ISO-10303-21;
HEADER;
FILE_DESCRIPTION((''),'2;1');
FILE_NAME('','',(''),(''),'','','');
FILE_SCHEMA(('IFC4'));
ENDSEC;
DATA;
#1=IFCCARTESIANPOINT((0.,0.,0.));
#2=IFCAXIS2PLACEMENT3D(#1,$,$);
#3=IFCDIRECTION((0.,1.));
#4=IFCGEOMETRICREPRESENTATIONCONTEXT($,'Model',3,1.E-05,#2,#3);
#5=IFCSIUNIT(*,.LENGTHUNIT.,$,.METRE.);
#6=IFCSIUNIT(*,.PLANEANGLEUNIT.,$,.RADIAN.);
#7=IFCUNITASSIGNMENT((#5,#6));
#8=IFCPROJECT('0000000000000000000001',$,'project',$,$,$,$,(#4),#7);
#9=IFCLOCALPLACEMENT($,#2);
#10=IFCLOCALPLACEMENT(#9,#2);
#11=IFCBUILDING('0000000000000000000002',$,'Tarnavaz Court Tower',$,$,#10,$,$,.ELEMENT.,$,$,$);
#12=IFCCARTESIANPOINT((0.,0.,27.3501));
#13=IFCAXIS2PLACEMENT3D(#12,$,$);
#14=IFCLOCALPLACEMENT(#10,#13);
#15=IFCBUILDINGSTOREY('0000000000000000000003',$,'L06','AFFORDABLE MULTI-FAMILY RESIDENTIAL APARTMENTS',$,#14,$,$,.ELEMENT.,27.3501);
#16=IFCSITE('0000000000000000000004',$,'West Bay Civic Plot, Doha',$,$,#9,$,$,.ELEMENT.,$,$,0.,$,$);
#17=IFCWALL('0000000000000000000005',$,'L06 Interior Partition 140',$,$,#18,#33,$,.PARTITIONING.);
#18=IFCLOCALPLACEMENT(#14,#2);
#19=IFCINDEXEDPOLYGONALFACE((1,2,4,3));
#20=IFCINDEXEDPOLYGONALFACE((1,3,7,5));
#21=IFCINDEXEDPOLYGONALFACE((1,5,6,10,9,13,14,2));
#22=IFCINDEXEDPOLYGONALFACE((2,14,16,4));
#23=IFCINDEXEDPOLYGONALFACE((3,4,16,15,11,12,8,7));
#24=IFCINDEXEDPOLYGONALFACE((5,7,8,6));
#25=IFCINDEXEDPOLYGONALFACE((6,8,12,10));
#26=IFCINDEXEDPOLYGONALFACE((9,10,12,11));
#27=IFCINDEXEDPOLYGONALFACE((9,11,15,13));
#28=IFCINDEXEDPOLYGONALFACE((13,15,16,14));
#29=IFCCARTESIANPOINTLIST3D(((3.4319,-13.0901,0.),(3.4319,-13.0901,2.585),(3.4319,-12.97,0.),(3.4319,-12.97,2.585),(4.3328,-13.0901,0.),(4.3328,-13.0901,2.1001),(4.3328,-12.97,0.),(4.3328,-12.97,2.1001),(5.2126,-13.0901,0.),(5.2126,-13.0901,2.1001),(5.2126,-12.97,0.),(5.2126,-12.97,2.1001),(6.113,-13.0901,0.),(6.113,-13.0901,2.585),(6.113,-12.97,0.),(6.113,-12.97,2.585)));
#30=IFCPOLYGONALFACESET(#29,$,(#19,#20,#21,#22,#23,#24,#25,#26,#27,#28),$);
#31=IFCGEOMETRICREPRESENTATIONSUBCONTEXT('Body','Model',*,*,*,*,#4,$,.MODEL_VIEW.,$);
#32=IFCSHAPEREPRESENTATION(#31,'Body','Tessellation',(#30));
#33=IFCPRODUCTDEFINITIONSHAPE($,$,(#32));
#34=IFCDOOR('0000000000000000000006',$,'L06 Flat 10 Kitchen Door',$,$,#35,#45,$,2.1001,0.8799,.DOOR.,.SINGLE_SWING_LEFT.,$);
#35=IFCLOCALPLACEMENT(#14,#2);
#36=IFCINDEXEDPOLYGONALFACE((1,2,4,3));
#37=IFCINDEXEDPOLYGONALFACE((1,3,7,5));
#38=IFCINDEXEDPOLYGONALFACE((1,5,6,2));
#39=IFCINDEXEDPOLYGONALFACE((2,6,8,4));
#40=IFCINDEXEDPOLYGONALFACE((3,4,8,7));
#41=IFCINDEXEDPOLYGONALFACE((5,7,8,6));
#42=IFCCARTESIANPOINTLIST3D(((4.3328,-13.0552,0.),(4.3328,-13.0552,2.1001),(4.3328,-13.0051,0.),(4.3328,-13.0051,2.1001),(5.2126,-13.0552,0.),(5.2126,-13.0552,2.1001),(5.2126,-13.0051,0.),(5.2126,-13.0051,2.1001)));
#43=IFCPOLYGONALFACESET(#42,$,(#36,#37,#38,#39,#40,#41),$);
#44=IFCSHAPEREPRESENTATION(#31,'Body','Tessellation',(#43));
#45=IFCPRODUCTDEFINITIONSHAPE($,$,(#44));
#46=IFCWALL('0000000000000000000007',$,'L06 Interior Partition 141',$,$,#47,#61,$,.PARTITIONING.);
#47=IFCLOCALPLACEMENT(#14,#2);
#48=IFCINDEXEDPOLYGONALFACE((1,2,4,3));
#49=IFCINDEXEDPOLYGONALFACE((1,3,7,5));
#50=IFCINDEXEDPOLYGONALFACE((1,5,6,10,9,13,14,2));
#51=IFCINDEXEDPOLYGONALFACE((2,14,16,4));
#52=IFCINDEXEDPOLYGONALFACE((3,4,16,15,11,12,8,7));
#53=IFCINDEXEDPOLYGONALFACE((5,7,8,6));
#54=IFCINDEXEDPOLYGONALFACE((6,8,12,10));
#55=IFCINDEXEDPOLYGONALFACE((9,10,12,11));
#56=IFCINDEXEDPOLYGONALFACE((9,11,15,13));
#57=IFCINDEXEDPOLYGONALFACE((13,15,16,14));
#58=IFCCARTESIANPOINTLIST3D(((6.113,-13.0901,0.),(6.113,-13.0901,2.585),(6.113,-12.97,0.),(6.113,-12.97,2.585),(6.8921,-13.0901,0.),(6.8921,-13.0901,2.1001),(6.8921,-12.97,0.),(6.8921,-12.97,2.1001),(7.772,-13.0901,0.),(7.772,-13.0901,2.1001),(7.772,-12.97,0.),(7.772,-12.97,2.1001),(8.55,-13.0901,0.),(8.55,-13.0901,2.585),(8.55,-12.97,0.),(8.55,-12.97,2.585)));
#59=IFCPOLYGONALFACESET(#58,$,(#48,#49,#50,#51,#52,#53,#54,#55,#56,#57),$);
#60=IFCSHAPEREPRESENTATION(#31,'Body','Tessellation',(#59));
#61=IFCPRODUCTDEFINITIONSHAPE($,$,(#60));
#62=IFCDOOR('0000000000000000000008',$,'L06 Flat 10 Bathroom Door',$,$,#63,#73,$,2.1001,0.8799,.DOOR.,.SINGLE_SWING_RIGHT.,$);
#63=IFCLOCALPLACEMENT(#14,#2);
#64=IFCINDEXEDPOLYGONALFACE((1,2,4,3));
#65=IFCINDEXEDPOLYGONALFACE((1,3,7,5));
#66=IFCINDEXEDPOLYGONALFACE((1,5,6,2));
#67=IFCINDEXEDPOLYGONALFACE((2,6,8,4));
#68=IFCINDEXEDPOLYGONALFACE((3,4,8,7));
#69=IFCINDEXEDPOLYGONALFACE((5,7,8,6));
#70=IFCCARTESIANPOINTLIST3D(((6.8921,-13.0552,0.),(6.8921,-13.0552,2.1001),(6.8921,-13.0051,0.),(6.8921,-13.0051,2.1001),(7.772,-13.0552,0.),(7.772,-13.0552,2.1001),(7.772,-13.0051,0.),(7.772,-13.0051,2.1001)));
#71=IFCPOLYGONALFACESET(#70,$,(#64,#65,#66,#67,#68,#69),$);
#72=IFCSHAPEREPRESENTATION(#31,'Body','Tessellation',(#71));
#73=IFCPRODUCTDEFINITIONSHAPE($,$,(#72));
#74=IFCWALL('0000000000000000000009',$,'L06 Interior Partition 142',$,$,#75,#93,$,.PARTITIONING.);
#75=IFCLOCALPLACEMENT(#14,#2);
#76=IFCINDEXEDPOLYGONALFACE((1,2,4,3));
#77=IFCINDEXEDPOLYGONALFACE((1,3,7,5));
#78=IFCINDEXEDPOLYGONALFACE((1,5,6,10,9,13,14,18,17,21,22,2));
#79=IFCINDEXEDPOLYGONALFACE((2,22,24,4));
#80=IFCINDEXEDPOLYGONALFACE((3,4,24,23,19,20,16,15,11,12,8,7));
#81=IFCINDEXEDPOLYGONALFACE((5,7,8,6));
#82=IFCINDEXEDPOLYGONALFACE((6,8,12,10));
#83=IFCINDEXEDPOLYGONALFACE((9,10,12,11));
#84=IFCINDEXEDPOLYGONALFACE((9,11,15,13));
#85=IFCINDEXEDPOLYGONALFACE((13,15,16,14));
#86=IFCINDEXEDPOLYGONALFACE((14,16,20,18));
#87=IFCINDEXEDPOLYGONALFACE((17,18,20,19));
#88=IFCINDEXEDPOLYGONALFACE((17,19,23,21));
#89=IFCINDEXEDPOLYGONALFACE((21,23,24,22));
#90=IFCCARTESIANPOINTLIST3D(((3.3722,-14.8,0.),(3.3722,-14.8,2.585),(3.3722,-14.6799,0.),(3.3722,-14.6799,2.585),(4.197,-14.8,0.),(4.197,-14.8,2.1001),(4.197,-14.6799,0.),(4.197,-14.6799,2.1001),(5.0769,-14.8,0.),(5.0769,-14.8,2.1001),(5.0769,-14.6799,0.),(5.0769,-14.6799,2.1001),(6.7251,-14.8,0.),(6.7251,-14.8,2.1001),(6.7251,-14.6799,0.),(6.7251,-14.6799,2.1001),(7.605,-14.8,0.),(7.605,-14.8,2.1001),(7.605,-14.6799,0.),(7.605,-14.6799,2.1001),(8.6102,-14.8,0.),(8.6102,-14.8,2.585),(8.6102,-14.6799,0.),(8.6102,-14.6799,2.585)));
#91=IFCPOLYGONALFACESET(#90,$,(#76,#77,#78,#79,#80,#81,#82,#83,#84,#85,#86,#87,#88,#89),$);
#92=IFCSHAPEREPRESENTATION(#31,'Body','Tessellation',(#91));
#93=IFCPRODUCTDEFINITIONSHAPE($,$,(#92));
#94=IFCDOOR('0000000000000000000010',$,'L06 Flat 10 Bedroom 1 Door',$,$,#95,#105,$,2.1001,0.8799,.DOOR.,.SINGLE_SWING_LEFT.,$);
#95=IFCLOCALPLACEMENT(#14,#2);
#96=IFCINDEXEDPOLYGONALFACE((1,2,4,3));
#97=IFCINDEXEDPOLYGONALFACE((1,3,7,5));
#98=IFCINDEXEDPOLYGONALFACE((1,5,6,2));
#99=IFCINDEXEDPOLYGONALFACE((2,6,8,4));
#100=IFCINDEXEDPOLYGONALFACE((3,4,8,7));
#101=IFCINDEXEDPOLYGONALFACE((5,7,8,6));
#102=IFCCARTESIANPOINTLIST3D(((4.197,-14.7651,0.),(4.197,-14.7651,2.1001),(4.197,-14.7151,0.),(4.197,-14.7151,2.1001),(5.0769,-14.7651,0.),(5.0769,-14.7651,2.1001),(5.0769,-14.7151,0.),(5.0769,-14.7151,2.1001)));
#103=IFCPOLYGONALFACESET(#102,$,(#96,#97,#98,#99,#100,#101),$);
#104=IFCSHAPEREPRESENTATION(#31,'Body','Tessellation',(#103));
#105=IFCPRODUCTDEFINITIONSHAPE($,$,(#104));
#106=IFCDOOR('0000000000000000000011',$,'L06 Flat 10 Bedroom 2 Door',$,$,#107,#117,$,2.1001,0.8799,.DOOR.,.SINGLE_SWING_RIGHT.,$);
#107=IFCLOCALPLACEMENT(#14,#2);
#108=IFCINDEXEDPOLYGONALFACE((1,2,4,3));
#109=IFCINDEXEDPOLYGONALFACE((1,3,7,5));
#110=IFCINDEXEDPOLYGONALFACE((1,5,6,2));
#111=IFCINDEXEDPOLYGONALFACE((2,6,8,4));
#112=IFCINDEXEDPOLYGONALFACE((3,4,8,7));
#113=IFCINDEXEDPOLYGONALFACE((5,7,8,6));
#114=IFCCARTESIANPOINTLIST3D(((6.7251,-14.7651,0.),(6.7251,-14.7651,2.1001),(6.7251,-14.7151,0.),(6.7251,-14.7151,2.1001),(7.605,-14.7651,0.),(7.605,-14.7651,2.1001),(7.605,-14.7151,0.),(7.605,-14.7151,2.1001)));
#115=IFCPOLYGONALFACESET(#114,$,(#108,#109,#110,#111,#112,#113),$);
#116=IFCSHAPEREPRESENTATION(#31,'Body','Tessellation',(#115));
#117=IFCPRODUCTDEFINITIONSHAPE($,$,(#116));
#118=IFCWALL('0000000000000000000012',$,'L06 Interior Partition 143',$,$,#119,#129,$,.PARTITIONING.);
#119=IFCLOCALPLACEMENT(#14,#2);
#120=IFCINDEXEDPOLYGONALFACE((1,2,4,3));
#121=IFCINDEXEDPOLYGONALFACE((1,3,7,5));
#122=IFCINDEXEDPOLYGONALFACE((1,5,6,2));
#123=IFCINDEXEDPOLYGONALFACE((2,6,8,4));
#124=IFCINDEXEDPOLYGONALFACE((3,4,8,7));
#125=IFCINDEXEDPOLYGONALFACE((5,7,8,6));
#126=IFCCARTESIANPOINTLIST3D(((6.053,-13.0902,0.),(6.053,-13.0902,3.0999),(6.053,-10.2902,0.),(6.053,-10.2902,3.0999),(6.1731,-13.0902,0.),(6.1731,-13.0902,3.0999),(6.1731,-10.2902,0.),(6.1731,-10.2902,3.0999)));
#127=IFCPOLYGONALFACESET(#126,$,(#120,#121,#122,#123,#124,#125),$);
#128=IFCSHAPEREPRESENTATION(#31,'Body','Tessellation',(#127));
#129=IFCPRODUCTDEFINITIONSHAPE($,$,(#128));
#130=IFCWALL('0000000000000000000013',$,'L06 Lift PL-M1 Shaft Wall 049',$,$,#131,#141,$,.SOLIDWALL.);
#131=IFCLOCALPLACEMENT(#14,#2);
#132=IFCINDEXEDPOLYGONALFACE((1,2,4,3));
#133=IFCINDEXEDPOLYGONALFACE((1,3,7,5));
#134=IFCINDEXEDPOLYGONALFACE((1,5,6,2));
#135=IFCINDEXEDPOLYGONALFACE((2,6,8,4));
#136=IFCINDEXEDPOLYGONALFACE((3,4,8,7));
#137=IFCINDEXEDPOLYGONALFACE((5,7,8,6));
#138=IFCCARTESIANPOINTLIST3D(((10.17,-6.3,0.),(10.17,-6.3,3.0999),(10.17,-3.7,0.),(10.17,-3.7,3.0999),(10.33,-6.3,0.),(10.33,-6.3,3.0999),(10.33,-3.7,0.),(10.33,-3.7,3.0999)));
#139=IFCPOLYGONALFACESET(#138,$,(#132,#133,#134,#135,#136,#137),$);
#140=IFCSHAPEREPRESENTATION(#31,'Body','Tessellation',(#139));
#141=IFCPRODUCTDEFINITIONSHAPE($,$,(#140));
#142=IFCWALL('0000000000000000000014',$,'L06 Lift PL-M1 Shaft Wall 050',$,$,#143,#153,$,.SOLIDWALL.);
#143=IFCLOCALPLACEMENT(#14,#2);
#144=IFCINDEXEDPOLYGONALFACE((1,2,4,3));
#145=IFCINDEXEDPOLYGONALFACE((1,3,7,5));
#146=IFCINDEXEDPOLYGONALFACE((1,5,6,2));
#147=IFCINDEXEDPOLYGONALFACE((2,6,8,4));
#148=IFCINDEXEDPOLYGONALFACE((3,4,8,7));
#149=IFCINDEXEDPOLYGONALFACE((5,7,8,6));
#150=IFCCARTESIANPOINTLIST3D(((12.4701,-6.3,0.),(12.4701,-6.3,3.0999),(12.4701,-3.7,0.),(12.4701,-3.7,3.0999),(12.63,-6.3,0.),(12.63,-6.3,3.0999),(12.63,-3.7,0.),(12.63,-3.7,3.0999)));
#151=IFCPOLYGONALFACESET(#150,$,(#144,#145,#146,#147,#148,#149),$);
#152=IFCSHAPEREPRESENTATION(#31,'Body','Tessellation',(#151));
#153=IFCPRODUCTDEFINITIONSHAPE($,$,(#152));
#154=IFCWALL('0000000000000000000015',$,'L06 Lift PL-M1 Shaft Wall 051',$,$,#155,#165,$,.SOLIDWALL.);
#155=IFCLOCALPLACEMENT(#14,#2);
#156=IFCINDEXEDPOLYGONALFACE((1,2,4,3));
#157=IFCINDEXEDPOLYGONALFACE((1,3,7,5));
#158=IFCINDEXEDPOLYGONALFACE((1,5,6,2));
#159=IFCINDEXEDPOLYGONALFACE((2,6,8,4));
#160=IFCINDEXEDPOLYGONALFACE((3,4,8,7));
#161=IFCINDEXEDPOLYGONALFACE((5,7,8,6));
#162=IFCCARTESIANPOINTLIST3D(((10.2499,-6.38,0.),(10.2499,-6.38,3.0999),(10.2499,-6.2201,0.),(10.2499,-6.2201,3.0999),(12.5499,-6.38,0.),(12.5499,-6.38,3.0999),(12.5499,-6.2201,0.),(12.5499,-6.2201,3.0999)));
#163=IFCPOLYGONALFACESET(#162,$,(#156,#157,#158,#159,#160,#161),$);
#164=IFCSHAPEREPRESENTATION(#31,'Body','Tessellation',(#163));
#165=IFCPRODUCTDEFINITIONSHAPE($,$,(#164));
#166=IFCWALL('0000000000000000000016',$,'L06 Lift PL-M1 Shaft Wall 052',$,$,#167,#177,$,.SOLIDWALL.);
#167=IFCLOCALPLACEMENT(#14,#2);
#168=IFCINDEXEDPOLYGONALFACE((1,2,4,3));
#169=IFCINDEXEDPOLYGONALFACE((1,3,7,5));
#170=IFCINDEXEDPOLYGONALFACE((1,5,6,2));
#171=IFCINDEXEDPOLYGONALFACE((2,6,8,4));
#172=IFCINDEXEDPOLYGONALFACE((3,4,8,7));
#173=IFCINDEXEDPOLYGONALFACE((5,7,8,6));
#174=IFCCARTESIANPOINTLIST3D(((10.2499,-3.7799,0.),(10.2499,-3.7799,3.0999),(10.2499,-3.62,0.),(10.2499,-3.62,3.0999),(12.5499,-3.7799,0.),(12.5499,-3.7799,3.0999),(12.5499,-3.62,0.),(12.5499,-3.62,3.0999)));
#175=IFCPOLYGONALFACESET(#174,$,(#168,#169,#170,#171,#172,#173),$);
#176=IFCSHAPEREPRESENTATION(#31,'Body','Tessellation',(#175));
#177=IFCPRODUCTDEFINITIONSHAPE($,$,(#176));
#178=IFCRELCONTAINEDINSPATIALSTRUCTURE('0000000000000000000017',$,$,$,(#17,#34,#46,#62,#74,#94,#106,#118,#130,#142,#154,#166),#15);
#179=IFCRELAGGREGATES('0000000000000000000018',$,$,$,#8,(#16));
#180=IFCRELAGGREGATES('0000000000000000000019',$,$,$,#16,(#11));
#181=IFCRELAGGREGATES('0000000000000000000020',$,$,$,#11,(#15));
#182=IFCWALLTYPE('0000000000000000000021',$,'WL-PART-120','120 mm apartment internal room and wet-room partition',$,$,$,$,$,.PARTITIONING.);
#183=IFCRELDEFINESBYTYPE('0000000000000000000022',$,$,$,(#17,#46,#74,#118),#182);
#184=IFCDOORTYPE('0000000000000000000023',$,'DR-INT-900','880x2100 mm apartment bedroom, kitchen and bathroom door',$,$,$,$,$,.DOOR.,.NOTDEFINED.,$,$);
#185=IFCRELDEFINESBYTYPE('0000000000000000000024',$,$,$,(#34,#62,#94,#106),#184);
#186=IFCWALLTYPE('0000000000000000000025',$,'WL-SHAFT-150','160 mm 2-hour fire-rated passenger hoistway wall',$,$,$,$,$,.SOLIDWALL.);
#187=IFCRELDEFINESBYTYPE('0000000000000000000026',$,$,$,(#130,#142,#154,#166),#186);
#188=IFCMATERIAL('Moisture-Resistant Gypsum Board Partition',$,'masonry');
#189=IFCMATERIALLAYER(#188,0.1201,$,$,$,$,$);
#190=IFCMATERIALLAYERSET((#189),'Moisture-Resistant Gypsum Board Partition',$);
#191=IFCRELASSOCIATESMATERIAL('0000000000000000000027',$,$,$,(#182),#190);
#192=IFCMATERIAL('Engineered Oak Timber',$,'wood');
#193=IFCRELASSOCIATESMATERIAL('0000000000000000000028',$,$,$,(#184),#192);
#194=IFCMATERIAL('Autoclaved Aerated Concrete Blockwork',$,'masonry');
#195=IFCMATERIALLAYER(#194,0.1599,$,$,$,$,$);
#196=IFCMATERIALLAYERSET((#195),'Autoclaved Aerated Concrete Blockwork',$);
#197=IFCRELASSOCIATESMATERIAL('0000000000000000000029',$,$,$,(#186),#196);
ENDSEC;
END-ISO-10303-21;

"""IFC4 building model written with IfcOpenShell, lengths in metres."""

from ifc_helpers import new_model, si_unit, direction, frame, frame_2d, origin, place, context, subcontext, project, spatial, rectangle, extrude, material, layer, layer_set, type_object, element, fill, save


model = new_model("IFC4")

# Units and contexts
model_context = context("Model", 3, precision=1e-05, world=origin(), true_north=direction((0.0, 1.0)))
body_context = subcontext(model_context, "Body", "Model", "MODEL_VIEW")
ifc_project = project(units=[si_unit("LENGTHUNIT", "METRE"), si_unit("PLANEANGLEUNIT", "RADIAN")], contexts=[model_context])

# Site, building, storey
site_placement = place(None, origin())
site = spatial("IfcSite", under=ifc_project, at=site_placement, Name="West Bay Civic Plot, Doha", CompositionType="ELEMENT", RefElevation=0.0)
building_placement = place(site_placement, origin())
building = spatial("IfcBuilding", under=site, at=building_placement, Name="Tarnavaz Court Tower", CompositionType="ELEMENT")
storey_placement = place(building_placement, frame((0.0, 0.0, 27.3501)))
storey = spatial("IfcBuildingStorey", under=building, at=storey_placement, Name="L06", Description="AFFORDABLE MULTI-FAMILY RESIDENTIAL APARTMENTS", CompositionType="ELEMENT", Elevation=27.3501)

# Shared definitions
ifc_material_1 = material(Name="Moisture-Resistant Gypsum Board Partition", Category="masonry")
ifc_layer_1 = layer(ifc_material_1, 0.1201)
ifc_layer_set_1 = layer_set([ifc_layer_1], Name="Moisture-Resistant Gypsum Board Partition")
wall_type_1 = type_object("IfcWallType", Name="WL-PART-120", Description="120 mm apartment internal room and wet-room partition", PredefinedType="PARTITIONING", material=ifc_layer_set_1)
ifc_material_2 = material(Name="Engineered Oak Timber", Category="wood")
door_type_1 = type_object("IfcDoorType", Name="DR-INT-900", Description="880x2100 mm apartment bedroom, kitchen and bathroom door", OperationType="NOTDEFINED", PredefinedType="DOOR", material=ifc_material_2)

# Walls, openings, doors
wall_1_placement = place(storey_placement, frame((3.4319, -13.03, 0.0), z_axis=(0.0, 0.0, 1.0), x_axis=(1.0, 0.0, 0.0)))
wall_1 = element("IfcWall", 1, at=wall_1_placement, inside=storey, type_object=wall_type_1, Name="L06 Interior Partition 140", PredefinedType="PARTITIONING", context=body_context, shape_type="SweptSolid", body=[
    extrude(rectangle(XDim=2.6812, YDim=0.1201, at=frame_2d((1.3406, 0.0))), origin(), (0.0, 0.0, 1.0), 2.585),
])
opening_1_placement = place(wall_1_placement, frame((0.9009, 0.0, 0.0)))
opening_1 = element("IfcOpeningElement", 2, at=opening_1_placement, cuts=wall_1, PredefinedType="OPENING", context=body_context, shape_type="SweptSolid", body=[
    extrude(rectangle(XDim=0.8799, YDim=2.1001, at=frame_2d((0.4399, 1.05))), frame((0.0, 0.0701, 0.0), z_axis=(0.0, -1.0, 0.0), x_axis=(1.0, 0.0, 0.0)), (0.0, 0.0, 1.0), 0.1401),
])
door_1_placement = place(opening_1_placement, origin())
door_1 = element("IfcDoor", 3, at=door_1_placement, inside=storey, type_object=door_type_1, Name="L06 Flat 10 Kitchen Door", OperationType="SINGLE_SWING_LEFT", OverallHeight=2.1001, OverallWidth=0.8799, PredefinedType="DOOR", context=body_context, shape_type="SweptSolid", body=[
    extrude(rectangle(XDim=0.8799, YDim=2.1001, at=frame_2d((0.4399, 1.05))), frame((0.0, 0.0249, 0.0), z_axis=(0.0, -1.0, 0.0), x_axis=(1.0, 0.0, 0.0)), (0.0, 0.0, 1.0), 0.05),
])
fill(opening_1, door_1)
wall_2_placement = place(storey_placement, frame((6.113, -13.03, 0.0), z_axis=(0.0, 0.0, 1.0), x_axis=(1.0, 0.0, 0.0)))
wall_2 = element("IfcWall", 4, at=wall_2_placement, inside=storey, type_object=wall_type_1, Name="L06 Interior Partition 141", PredefinedType="PARTITIONING", context=body_context, shape_type="SweptSolid", body=[
    extrude(rectangle(XDim=2.437, YDim=0.1201, at=frame_2d((1.2185, 0.0))), origin(), (0.0, 0.0, 1.0), 2.585),
])
opening_2_placement = place(wall_2_placement, frame((0.7791, 0.0, 0.0)))
opening_2 = element("IfcOpeningElement", 5, at=opening_2_placement, cuts=wall_2, PredefinedType="OPENING", context=body_context, shape_type="SweptSolid", body=[
    extrude(rectangle(XDim=0.8799, YDim=2.1001, at=frame_2d((0.4399, 1.05))), frame((0.0, 0.0701, 0.0), z_axis=(0.0, -1.0, 0.0), x_axis=(1.0, 0.0, 0.0)), (0.0, 0.0, 1.0), 0.1401),
])
door_2_placement = place(opening_2_placement, origin())
door_2 = element("IfcDoor", 6, at=door_2_placement, inside=storey, type_object=door_type_1, Name="L06 Flat 10 Bathroom Door", OperationType="SINGLE_SWING_RIGHT", OverallHeight=2.1001, OverallWidth=0.8799, PredefinedType="DOOR", context=body_context, shape_type="SweptSolid", body=[
    extrude(rectangle(XDim=0.8799, YDim=2.1001, at=frame_2d((0.4399, 1.05))), frame((0.0, 0.0249, 0.0), z_axis=(0.0, -1.0, 0.0), x_axis=(1.0, 0.0, 0.0)), (0.0, 0.0, 1.0), 0.05),
])
fill(opening_2, door_2)

# Wall, openings, doors
wall_3_placement = place(storey_placement, frame((3.3721, -14.74, 0.0), z_axis=(0.0, 0.0, 1.0), x_axis=(1.0, 0.0, 0.0)))
wall_3 = element("IfcWall", 7, at=wall_3_placement, inside=storey, type_object=wall_type_1, Name="L06 Interior Partition 142", PredefinedType="PARTITIONING", context=body_context, shape_type="SweptSolid", body=[
    extrude(rectangle(XDim=5.238, YDim=0.1201, at=frame_2d((2.6191, 0.0))), origin(), (0.0, 0.0, 1.0), 2.585),
])
opening_3_placement = place(wall_3_placement, frame((0.825, 0.0, 0.0)))
opening_3 = element("IfcOpeningElement", 8, at=opening_3_placement, cuts=wall_3, PredefinedType="OPENING", context=body_context, shape_type="SweptSolid", body=[
    extrude(rectangle(XDim=0.8799, YDim=2.1001, at=frame_2d((0.4399, 1.05))), frame((0.0, 0.0701, 0.0), z_axis=(0.0, -1.0, 0.0), x_axis=(1.0, 0.0, 0.0)), (0.0, 0.0, 1.0), 0.1401),
])
opening_4_placement = place(wall_3_placement, frame((3.353, 0.0, 0.0)))
opening_4 = element("IfcOpeningElement", 9, at=opening_4_placement, cuts=wall_3, PredefinedType="OPENING", context=body_context, shape_type="SweptSolid", body=[
    extrude(rectangle(XDim=0.8799, YDim=2.1001, at=frame_2d((0.4399, 1.05))), frame((0.0, 0.0701, 0.0), z_axis=(0.0, -1.0, 0.0), x_axis=(1.0, 0.0, 0.0)), (0.0, 0.0, 1.0), 0.1401),
])
door_3_placement = place(opening_3_placement, origin())
door_3 = element("IfcDoor", 10, at=door_3_placement, inside=storey, type_object=door_type_1, Name="L06 Flat 10 Bedroom 1 Door", OperationType="SINGLE_SWING_LEFT", OverallHeight=2.1001, OverallWidth=0.8799, PredefinedType="DOOR", context=body_context, shape_type="SweptSolid", body=[
    extrude(rectangle(XDim=0.8799, YDim=2.1001, at=frame_2d((0.4399, 1.05))), frame((0.0, 0.0249, 0.0), z_axis=(0.0, -1.0, 0.0), x_axis=(1.0, 0.0, 0.0)), (0.0, 0.0, 1.0), 0.05),
])
fill(opening_3, door_3)
door_4_placement = place(opening_4_placement, origin())
door_4 = element("IfcDoor", 11, at=door_4_placement, inside=storey, type_object=door_type_1, Name="L06 Flat 10 Bedroom 2 Door", OperationType="SINGLE_SWING_RIGHT", OverallHeight=2.1001, OverallWidth=0.8799, PredefinedType="DOOR", context=body_context, shape_type="SweptSolid", body=[
    extrude(rectangle(XDim=0.8799, YDim=2.1001, at=frame_2d((0.4399, 1.05))), frame((0.0, 0.0249, 0.0), z_axis=(0.0, -1.0, 0.0), x_axis=(1.0, 0.0, 0.0)), (0.0, 0.0, 1.0), 0.05),
])
fill(opening_4, door_4)

# Walls
wall_4_placement = place(storey_placement, frame((6.113, -13.0901, 0.0), z_axis=(0.0, 0.0, 1.0), x_axis=(0.0, 1.0, 0.0)))
element("IfcWall", 12, at=wall_4_placement, inside=storey, type_object=wall_type_1, Name="L06 Interior Partition 143", PredefinedType="PARTITIONING", context=body_context, shape_type="SweptSolid", body=[
    extrude(rectangle(XDim=2.8, YDim=0.1201, at=frame_2d((1.3999, 0.0))), origin(), (0.0, 0.0, 1.0), 3.0999),
])
ifc_material_3 = material(Name="Autoclaved Aerated Concrete Blockwork", Category="masonry")
ifc_layer_2 = layer(ifc_material_3, 0.1599)
ifc_layer_set_2 = layer_set([ifc_layer_2], Name="Autoclaved Aerated Concrete Blockwork")
wall_type_2 = type_object("IfcWallType", Name="WL-SHAFT-150", Description="160 mm 2-hour fire-rated passenger hoistway wall", PredefinedType="SOLIDWALL", material=ifc_layer_set_2)
for number, where, z_axis, x_axis, name in (
    (13, (10.25, -6.3, 0.0), (0.0, 0.0, 1.0), (0.0, 1.0, 0.0), "L06 Lift PL-M1 Shaft Wall 049"),
    (14, (12.55, -6.3, 0.0), (0.0, 0.0, 1.0), (0.0, 1.0, 0.0), "L06 Lift PL-M1 Shaft Wall 050"),
):
    element("IfcWall", number, at=place(storey_placement, frame(where, z_axis=z_axis, x_axis=x_axis)), inside=storey, type_object=wall_type_2, Name=name, PredefinedType="SOLIDWALL", context=body_context, shape_type="SweptSolid", body=[
        extrude(rectangle(XDim=2.6001, YDim=0.1599, at=frame_2d((1.3, 0.0))), origin(), (0.0, 0.0, 1.0), 3.0999),
    ])
for number, where, z_axis, x_axis, name in (
    (15, (10.25, -6.3, 0.0), (0.0, 0.0, 1.0), (1.0, 0.0, 0.0), "L06 Lift PL-M1 Shaft Wall 051"),
    (16, (10.25, -3.7, 0.0), (0.0, 0.0, 1.0), (1.0, 0.0, 0.0), "L06 Lift PL-M1 Shaft Wall 052"),
):
    element("IfcWall", number, at=place(storey_placement, frame(where, z_axis=z_axis, x_axis=x_axis)), inside=storey, type_object=wall_type_2, Name=name, PredefinedType="SOLIDWALL", context=body_context, shape_type="SweptSolid", body=[
        extrude(rectangle(XDim=2.3, YDim=0.1599, at=frame_2d((1.1499, 0.0))), origin(), (0.0, 0.0, 1.0), 3.0999),
    ])

save(model, "model.ifc")
